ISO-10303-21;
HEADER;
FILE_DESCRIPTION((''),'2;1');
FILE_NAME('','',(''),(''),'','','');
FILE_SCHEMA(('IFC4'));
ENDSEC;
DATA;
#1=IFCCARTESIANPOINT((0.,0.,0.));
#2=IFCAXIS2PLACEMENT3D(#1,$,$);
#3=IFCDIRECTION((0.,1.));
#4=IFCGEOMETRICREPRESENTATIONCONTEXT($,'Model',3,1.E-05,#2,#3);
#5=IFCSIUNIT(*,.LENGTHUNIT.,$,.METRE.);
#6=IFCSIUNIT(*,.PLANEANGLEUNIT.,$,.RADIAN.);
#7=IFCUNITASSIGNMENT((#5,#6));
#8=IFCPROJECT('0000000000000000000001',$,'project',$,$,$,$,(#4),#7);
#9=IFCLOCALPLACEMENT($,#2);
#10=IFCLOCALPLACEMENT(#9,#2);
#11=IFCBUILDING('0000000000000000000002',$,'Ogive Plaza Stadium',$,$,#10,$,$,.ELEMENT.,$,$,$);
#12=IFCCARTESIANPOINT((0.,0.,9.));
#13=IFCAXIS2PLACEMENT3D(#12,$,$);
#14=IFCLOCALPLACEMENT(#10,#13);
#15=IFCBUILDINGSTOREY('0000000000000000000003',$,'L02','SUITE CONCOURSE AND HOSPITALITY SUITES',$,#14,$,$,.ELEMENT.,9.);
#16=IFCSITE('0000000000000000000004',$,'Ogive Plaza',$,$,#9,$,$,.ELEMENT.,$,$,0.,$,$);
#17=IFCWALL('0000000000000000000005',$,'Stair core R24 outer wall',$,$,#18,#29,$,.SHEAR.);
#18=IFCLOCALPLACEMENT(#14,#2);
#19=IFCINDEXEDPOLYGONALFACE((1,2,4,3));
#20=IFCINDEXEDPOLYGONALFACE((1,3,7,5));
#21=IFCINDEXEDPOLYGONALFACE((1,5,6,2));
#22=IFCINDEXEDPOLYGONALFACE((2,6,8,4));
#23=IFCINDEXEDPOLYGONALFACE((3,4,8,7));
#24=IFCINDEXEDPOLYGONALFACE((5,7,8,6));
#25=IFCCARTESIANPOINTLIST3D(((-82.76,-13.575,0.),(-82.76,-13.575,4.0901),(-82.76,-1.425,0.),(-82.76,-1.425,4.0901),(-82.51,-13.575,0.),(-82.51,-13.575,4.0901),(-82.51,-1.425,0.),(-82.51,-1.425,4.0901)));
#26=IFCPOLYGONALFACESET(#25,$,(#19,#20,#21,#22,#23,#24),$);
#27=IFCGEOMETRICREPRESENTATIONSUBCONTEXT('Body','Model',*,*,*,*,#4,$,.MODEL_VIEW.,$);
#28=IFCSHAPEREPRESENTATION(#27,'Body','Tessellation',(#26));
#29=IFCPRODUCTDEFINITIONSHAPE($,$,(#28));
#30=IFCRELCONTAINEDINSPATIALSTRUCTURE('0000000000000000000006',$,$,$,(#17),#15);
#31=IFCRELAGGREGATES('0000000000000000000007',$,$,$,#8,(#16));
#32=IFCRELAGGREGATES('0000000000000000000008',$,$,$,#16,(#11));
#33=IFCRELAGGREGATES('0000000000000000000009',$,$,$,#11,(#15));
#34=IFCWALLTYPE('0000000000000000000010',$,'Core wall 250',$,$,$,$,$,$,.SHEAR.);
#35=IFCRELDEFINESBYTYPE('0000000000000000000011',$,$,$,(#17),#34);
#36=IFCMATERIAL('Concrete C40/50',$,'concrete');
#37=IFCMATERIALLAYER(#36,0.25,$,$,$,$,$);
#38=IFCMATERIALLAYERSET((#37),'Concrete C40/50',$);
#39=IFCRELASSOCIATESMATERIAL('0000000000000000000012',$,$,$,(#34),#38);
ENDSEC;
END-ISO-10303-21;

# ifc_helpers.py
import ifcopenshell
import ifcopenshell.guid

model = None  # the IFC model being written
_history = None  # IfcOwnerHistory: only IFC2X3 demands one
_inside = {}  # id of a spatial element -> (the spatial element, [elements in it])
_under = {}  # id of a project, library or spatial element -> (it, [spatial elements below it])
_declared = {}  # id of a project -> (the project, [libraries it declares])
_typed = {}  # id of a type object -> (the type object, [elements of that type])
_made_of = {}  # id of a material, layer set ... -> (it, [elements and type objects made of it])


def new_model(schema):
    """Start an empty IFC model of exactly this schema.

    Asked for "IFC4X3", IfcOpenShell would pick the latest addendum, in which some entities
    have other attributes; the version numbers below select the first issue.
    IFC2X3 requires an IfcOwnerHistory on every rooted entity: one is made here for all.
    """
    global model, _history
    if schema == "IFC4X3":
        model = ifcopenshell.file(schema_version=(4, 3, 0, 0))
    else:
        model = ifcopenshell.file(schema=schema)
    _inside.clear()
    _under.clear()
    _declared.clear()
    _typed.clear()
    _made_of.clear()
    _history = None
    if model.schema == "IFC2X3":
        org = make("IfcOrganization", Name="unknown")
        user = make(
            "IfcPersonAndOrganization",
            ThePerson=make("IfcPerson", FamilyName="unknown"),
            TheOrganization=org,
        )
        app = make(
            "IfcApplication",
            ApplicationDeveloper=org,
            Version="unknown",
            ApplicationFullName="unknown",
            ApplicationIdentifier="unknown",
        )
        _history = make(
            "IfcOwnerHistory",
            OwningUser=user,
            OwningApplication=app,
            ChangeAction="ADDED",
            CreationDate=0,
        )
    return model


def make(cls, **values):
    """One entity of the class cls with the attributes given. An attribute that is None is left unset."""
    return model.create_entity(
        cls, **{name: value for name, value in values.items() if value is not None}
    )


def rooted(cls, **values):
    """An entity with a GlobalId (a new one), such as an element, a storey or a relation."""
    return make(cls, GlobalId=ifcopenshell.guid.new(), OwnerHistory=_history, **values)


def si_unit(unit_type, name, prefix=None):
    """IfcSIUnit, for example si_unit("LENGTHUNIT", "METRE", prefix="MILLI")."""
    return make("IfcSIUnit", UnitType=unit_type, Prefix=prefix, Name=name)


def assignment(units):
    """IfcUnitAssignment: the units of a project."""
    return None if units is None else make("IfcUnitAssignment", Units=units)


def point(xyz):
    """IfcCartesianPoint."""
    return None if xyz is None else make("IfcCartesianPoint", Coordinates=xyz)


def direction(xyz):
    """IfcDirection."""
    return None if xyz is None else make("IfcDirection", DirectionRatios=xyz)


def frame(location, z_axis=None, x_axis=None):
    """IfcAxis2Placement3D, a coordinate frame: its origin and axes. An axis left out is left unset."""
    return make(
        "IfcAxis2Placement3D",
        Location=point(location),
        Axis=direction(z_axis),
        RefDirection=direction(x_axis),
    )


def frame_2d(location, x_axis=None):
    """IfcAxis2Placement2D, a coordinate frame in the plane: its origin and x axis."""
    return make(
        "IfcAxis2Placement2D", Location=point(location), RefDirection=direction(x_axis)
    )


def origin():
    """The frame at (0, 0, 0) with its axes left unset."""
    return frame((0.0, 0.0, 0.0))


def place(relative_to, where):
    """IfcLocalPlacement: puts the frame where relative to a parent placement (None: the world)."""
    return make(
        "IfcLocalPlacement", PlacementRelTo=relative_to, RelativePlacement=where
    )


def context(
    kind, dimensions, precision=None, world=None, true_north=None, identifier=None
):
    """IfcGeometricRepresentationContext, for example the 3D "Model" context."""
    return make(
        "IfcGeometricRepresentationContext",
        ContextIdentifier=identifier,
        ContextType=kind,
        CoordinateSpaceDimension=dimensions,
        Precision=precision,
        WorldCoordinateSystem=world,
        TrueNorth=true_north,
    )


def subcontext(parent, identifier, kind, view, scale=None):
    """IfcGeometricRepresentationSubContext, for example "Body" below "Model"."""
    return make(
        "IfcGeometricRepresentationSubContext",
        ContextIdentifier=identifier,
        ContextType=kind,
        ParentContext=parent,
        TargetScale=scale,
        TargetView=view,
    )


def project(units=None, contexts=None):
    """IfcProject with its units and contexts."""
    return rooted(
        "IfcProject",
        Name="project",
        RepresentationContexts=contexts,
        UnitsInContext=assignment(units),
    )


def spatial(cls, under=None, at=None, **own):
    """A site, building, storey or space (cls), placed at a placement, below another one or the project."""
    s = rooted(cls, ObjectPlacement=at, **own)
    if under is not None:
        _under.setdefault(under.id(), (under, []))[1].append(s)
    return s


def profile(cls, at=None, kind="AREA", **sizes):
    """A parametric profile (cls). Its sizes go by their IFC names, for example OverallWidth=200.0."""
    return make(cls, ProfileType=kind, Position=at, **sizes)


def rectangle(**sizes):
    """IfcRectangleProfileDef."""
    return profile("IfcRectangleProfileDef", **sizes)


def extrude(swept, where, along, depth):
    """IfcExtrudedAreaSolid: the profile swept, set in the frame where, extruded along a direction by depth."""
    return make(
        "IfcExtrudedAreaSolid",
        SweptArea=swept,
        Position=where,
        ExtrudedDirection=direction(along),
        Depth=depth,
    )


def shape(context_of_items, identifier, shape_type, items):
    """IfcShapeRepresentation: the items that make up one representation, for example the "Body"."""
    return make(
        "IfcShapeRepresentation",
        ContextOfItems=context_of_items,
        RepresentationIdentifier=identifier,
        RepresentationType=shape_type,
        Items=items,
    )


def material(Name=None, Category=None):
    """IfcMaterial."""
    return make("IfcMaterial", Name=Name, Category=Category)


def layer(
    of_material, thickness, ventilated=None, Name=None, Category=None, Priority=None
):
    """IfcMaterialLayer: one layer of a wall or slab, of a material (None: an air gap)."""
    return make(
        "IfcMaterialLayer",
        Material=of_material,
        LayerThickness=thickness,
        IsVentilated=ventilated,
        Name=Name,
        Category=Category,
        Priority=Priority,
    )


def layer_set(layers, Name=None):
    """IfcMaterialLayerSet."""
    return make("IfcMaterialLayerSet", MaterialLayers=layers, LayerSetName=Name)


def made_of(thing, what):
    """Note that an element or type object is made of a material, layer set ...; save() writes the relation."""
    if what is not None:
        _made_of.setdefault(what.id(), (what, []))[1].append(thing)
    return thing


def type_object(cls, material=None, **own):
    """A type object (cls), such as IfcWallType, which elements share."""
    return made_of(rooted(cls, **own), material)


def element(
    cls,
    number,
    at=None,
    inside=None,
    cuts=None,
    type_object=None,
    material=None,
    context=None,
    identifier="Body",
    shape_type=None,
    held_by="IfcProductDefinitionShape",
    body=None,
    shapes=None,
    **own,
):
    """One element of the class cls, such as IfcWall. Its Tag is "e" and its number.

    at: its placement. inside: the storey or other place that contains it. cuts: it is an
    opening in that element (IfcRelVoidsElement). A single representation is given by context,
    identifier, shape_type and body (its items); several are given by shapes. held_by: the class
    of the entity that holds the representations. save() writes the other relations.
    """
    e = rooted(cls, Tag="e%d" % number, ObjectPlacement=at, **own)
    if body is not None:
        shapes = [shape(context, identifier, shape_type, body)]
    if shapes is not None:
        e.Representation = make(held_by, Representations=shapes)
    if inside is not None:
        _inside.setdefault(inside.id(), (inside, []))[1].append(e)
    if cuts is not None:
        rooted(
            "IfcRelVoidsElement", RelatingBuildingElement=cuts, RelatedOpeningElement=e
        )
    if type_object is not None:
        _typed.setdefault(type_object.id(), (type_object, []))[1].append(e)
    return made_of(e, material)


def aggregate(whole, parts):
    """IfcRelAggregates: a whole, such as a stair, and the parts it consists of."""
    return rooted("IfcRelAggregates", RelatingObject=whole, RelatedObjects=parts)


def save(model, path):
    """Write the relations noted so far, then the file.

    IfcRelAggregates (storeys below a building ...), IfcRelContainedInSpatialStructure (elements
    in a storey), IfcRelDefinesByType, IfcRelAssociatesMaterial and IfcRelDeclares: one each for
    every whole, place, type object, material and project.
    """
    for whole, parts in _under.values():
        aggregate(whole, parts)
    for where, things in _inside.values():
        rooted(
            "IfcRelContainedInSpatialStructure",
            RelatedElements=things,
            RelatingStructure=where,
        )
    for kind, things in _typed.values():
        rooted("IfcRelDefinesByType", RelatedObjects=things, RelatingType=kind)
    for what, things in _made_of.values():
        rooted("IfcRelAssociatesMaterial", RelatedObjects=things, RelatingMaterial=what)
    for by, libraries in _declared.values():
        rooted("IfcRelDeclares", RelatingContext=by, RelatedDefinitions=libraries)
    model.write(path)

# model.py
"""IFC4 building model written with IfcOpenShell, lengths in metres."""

from ifc_helpers import new_model, si_unit, direction, frame, frame_2d, origin, place, context, subcontext, project, spatial, rectangle, extrude, material, layer, layer_set, type_object, element, save


model = new_model("IFC4")

# Units and contexts
model_context = context("Model", 3, precision=1e-05, world=origin(), true_north=direction((0.0, 1.0)))
body_context = subcontext(model_context, "Body", "Model", "MODEL_VIEW")
ifc_project = project(units=[si_unit("LENGTHUNIT", "METRE"), si_unit("PLANEANGLEUNIT", "RADIAN")], contexts=[model_context])

# Site, building, storey
site_placement = place(None, origin())
site = spatial("IfcSite", under=ifc_project, at=site_placement, Name="Ogive Plaza", CompositionType="ELEMENT", RefElevation=0.0)
building_placement = place(site_placement, origin())
building = spatial("IfcBuilding", under=site, at=building_placement, Name="Ogive Plaza Stadium", CompositionType="ELEMENT")
storey_placement = place(building_placement, frame((0.0, 0.0, 9.0)))
storey = spatial("IfcBuildingStorey", under=building, at=storey_placement, Name="L02", Description="SUITE CONCOURSE AND HOSPITALITY SUITES", CompositionType="ELEMENT", Elevation=9.0)

# Wall
ifc_material_1 = material(Name="Concrete C40/50", Category="concrete")
ifc_layer_1 = layer(ifc_material_1, 0.25)
ifc_layer_set_1 = layer_set([ifc_layer_1], Name="Concrete C40/50")
wall_type = type_object("IfcWallType", Name="Core wall 250", PredefinedType="SHEAR", material=ifc_layer_set_1)
wall_placement = place(storey_placement, frame((-82.635, -1.425, 0.0), z_axis=(0.0, 0.0, 1.0), x_axis=(0.0, -1.0, 0.0)))
element("IfcWall", 1, at=wall_placement, inside=storey, type_object=wall_type, Name="Stair core R24 outer wall", PredefinedType="SHEAR", context=body_context, shape_type="SweptSolid", body=[
    extrude(rectangle(XDim=12.1499, YDim=0.25, at=frame_2d((6.075, 0.0))), origin(), (0.0, 0.0, 1.0), 4.0901),
])

save(model, "model.ifc")
